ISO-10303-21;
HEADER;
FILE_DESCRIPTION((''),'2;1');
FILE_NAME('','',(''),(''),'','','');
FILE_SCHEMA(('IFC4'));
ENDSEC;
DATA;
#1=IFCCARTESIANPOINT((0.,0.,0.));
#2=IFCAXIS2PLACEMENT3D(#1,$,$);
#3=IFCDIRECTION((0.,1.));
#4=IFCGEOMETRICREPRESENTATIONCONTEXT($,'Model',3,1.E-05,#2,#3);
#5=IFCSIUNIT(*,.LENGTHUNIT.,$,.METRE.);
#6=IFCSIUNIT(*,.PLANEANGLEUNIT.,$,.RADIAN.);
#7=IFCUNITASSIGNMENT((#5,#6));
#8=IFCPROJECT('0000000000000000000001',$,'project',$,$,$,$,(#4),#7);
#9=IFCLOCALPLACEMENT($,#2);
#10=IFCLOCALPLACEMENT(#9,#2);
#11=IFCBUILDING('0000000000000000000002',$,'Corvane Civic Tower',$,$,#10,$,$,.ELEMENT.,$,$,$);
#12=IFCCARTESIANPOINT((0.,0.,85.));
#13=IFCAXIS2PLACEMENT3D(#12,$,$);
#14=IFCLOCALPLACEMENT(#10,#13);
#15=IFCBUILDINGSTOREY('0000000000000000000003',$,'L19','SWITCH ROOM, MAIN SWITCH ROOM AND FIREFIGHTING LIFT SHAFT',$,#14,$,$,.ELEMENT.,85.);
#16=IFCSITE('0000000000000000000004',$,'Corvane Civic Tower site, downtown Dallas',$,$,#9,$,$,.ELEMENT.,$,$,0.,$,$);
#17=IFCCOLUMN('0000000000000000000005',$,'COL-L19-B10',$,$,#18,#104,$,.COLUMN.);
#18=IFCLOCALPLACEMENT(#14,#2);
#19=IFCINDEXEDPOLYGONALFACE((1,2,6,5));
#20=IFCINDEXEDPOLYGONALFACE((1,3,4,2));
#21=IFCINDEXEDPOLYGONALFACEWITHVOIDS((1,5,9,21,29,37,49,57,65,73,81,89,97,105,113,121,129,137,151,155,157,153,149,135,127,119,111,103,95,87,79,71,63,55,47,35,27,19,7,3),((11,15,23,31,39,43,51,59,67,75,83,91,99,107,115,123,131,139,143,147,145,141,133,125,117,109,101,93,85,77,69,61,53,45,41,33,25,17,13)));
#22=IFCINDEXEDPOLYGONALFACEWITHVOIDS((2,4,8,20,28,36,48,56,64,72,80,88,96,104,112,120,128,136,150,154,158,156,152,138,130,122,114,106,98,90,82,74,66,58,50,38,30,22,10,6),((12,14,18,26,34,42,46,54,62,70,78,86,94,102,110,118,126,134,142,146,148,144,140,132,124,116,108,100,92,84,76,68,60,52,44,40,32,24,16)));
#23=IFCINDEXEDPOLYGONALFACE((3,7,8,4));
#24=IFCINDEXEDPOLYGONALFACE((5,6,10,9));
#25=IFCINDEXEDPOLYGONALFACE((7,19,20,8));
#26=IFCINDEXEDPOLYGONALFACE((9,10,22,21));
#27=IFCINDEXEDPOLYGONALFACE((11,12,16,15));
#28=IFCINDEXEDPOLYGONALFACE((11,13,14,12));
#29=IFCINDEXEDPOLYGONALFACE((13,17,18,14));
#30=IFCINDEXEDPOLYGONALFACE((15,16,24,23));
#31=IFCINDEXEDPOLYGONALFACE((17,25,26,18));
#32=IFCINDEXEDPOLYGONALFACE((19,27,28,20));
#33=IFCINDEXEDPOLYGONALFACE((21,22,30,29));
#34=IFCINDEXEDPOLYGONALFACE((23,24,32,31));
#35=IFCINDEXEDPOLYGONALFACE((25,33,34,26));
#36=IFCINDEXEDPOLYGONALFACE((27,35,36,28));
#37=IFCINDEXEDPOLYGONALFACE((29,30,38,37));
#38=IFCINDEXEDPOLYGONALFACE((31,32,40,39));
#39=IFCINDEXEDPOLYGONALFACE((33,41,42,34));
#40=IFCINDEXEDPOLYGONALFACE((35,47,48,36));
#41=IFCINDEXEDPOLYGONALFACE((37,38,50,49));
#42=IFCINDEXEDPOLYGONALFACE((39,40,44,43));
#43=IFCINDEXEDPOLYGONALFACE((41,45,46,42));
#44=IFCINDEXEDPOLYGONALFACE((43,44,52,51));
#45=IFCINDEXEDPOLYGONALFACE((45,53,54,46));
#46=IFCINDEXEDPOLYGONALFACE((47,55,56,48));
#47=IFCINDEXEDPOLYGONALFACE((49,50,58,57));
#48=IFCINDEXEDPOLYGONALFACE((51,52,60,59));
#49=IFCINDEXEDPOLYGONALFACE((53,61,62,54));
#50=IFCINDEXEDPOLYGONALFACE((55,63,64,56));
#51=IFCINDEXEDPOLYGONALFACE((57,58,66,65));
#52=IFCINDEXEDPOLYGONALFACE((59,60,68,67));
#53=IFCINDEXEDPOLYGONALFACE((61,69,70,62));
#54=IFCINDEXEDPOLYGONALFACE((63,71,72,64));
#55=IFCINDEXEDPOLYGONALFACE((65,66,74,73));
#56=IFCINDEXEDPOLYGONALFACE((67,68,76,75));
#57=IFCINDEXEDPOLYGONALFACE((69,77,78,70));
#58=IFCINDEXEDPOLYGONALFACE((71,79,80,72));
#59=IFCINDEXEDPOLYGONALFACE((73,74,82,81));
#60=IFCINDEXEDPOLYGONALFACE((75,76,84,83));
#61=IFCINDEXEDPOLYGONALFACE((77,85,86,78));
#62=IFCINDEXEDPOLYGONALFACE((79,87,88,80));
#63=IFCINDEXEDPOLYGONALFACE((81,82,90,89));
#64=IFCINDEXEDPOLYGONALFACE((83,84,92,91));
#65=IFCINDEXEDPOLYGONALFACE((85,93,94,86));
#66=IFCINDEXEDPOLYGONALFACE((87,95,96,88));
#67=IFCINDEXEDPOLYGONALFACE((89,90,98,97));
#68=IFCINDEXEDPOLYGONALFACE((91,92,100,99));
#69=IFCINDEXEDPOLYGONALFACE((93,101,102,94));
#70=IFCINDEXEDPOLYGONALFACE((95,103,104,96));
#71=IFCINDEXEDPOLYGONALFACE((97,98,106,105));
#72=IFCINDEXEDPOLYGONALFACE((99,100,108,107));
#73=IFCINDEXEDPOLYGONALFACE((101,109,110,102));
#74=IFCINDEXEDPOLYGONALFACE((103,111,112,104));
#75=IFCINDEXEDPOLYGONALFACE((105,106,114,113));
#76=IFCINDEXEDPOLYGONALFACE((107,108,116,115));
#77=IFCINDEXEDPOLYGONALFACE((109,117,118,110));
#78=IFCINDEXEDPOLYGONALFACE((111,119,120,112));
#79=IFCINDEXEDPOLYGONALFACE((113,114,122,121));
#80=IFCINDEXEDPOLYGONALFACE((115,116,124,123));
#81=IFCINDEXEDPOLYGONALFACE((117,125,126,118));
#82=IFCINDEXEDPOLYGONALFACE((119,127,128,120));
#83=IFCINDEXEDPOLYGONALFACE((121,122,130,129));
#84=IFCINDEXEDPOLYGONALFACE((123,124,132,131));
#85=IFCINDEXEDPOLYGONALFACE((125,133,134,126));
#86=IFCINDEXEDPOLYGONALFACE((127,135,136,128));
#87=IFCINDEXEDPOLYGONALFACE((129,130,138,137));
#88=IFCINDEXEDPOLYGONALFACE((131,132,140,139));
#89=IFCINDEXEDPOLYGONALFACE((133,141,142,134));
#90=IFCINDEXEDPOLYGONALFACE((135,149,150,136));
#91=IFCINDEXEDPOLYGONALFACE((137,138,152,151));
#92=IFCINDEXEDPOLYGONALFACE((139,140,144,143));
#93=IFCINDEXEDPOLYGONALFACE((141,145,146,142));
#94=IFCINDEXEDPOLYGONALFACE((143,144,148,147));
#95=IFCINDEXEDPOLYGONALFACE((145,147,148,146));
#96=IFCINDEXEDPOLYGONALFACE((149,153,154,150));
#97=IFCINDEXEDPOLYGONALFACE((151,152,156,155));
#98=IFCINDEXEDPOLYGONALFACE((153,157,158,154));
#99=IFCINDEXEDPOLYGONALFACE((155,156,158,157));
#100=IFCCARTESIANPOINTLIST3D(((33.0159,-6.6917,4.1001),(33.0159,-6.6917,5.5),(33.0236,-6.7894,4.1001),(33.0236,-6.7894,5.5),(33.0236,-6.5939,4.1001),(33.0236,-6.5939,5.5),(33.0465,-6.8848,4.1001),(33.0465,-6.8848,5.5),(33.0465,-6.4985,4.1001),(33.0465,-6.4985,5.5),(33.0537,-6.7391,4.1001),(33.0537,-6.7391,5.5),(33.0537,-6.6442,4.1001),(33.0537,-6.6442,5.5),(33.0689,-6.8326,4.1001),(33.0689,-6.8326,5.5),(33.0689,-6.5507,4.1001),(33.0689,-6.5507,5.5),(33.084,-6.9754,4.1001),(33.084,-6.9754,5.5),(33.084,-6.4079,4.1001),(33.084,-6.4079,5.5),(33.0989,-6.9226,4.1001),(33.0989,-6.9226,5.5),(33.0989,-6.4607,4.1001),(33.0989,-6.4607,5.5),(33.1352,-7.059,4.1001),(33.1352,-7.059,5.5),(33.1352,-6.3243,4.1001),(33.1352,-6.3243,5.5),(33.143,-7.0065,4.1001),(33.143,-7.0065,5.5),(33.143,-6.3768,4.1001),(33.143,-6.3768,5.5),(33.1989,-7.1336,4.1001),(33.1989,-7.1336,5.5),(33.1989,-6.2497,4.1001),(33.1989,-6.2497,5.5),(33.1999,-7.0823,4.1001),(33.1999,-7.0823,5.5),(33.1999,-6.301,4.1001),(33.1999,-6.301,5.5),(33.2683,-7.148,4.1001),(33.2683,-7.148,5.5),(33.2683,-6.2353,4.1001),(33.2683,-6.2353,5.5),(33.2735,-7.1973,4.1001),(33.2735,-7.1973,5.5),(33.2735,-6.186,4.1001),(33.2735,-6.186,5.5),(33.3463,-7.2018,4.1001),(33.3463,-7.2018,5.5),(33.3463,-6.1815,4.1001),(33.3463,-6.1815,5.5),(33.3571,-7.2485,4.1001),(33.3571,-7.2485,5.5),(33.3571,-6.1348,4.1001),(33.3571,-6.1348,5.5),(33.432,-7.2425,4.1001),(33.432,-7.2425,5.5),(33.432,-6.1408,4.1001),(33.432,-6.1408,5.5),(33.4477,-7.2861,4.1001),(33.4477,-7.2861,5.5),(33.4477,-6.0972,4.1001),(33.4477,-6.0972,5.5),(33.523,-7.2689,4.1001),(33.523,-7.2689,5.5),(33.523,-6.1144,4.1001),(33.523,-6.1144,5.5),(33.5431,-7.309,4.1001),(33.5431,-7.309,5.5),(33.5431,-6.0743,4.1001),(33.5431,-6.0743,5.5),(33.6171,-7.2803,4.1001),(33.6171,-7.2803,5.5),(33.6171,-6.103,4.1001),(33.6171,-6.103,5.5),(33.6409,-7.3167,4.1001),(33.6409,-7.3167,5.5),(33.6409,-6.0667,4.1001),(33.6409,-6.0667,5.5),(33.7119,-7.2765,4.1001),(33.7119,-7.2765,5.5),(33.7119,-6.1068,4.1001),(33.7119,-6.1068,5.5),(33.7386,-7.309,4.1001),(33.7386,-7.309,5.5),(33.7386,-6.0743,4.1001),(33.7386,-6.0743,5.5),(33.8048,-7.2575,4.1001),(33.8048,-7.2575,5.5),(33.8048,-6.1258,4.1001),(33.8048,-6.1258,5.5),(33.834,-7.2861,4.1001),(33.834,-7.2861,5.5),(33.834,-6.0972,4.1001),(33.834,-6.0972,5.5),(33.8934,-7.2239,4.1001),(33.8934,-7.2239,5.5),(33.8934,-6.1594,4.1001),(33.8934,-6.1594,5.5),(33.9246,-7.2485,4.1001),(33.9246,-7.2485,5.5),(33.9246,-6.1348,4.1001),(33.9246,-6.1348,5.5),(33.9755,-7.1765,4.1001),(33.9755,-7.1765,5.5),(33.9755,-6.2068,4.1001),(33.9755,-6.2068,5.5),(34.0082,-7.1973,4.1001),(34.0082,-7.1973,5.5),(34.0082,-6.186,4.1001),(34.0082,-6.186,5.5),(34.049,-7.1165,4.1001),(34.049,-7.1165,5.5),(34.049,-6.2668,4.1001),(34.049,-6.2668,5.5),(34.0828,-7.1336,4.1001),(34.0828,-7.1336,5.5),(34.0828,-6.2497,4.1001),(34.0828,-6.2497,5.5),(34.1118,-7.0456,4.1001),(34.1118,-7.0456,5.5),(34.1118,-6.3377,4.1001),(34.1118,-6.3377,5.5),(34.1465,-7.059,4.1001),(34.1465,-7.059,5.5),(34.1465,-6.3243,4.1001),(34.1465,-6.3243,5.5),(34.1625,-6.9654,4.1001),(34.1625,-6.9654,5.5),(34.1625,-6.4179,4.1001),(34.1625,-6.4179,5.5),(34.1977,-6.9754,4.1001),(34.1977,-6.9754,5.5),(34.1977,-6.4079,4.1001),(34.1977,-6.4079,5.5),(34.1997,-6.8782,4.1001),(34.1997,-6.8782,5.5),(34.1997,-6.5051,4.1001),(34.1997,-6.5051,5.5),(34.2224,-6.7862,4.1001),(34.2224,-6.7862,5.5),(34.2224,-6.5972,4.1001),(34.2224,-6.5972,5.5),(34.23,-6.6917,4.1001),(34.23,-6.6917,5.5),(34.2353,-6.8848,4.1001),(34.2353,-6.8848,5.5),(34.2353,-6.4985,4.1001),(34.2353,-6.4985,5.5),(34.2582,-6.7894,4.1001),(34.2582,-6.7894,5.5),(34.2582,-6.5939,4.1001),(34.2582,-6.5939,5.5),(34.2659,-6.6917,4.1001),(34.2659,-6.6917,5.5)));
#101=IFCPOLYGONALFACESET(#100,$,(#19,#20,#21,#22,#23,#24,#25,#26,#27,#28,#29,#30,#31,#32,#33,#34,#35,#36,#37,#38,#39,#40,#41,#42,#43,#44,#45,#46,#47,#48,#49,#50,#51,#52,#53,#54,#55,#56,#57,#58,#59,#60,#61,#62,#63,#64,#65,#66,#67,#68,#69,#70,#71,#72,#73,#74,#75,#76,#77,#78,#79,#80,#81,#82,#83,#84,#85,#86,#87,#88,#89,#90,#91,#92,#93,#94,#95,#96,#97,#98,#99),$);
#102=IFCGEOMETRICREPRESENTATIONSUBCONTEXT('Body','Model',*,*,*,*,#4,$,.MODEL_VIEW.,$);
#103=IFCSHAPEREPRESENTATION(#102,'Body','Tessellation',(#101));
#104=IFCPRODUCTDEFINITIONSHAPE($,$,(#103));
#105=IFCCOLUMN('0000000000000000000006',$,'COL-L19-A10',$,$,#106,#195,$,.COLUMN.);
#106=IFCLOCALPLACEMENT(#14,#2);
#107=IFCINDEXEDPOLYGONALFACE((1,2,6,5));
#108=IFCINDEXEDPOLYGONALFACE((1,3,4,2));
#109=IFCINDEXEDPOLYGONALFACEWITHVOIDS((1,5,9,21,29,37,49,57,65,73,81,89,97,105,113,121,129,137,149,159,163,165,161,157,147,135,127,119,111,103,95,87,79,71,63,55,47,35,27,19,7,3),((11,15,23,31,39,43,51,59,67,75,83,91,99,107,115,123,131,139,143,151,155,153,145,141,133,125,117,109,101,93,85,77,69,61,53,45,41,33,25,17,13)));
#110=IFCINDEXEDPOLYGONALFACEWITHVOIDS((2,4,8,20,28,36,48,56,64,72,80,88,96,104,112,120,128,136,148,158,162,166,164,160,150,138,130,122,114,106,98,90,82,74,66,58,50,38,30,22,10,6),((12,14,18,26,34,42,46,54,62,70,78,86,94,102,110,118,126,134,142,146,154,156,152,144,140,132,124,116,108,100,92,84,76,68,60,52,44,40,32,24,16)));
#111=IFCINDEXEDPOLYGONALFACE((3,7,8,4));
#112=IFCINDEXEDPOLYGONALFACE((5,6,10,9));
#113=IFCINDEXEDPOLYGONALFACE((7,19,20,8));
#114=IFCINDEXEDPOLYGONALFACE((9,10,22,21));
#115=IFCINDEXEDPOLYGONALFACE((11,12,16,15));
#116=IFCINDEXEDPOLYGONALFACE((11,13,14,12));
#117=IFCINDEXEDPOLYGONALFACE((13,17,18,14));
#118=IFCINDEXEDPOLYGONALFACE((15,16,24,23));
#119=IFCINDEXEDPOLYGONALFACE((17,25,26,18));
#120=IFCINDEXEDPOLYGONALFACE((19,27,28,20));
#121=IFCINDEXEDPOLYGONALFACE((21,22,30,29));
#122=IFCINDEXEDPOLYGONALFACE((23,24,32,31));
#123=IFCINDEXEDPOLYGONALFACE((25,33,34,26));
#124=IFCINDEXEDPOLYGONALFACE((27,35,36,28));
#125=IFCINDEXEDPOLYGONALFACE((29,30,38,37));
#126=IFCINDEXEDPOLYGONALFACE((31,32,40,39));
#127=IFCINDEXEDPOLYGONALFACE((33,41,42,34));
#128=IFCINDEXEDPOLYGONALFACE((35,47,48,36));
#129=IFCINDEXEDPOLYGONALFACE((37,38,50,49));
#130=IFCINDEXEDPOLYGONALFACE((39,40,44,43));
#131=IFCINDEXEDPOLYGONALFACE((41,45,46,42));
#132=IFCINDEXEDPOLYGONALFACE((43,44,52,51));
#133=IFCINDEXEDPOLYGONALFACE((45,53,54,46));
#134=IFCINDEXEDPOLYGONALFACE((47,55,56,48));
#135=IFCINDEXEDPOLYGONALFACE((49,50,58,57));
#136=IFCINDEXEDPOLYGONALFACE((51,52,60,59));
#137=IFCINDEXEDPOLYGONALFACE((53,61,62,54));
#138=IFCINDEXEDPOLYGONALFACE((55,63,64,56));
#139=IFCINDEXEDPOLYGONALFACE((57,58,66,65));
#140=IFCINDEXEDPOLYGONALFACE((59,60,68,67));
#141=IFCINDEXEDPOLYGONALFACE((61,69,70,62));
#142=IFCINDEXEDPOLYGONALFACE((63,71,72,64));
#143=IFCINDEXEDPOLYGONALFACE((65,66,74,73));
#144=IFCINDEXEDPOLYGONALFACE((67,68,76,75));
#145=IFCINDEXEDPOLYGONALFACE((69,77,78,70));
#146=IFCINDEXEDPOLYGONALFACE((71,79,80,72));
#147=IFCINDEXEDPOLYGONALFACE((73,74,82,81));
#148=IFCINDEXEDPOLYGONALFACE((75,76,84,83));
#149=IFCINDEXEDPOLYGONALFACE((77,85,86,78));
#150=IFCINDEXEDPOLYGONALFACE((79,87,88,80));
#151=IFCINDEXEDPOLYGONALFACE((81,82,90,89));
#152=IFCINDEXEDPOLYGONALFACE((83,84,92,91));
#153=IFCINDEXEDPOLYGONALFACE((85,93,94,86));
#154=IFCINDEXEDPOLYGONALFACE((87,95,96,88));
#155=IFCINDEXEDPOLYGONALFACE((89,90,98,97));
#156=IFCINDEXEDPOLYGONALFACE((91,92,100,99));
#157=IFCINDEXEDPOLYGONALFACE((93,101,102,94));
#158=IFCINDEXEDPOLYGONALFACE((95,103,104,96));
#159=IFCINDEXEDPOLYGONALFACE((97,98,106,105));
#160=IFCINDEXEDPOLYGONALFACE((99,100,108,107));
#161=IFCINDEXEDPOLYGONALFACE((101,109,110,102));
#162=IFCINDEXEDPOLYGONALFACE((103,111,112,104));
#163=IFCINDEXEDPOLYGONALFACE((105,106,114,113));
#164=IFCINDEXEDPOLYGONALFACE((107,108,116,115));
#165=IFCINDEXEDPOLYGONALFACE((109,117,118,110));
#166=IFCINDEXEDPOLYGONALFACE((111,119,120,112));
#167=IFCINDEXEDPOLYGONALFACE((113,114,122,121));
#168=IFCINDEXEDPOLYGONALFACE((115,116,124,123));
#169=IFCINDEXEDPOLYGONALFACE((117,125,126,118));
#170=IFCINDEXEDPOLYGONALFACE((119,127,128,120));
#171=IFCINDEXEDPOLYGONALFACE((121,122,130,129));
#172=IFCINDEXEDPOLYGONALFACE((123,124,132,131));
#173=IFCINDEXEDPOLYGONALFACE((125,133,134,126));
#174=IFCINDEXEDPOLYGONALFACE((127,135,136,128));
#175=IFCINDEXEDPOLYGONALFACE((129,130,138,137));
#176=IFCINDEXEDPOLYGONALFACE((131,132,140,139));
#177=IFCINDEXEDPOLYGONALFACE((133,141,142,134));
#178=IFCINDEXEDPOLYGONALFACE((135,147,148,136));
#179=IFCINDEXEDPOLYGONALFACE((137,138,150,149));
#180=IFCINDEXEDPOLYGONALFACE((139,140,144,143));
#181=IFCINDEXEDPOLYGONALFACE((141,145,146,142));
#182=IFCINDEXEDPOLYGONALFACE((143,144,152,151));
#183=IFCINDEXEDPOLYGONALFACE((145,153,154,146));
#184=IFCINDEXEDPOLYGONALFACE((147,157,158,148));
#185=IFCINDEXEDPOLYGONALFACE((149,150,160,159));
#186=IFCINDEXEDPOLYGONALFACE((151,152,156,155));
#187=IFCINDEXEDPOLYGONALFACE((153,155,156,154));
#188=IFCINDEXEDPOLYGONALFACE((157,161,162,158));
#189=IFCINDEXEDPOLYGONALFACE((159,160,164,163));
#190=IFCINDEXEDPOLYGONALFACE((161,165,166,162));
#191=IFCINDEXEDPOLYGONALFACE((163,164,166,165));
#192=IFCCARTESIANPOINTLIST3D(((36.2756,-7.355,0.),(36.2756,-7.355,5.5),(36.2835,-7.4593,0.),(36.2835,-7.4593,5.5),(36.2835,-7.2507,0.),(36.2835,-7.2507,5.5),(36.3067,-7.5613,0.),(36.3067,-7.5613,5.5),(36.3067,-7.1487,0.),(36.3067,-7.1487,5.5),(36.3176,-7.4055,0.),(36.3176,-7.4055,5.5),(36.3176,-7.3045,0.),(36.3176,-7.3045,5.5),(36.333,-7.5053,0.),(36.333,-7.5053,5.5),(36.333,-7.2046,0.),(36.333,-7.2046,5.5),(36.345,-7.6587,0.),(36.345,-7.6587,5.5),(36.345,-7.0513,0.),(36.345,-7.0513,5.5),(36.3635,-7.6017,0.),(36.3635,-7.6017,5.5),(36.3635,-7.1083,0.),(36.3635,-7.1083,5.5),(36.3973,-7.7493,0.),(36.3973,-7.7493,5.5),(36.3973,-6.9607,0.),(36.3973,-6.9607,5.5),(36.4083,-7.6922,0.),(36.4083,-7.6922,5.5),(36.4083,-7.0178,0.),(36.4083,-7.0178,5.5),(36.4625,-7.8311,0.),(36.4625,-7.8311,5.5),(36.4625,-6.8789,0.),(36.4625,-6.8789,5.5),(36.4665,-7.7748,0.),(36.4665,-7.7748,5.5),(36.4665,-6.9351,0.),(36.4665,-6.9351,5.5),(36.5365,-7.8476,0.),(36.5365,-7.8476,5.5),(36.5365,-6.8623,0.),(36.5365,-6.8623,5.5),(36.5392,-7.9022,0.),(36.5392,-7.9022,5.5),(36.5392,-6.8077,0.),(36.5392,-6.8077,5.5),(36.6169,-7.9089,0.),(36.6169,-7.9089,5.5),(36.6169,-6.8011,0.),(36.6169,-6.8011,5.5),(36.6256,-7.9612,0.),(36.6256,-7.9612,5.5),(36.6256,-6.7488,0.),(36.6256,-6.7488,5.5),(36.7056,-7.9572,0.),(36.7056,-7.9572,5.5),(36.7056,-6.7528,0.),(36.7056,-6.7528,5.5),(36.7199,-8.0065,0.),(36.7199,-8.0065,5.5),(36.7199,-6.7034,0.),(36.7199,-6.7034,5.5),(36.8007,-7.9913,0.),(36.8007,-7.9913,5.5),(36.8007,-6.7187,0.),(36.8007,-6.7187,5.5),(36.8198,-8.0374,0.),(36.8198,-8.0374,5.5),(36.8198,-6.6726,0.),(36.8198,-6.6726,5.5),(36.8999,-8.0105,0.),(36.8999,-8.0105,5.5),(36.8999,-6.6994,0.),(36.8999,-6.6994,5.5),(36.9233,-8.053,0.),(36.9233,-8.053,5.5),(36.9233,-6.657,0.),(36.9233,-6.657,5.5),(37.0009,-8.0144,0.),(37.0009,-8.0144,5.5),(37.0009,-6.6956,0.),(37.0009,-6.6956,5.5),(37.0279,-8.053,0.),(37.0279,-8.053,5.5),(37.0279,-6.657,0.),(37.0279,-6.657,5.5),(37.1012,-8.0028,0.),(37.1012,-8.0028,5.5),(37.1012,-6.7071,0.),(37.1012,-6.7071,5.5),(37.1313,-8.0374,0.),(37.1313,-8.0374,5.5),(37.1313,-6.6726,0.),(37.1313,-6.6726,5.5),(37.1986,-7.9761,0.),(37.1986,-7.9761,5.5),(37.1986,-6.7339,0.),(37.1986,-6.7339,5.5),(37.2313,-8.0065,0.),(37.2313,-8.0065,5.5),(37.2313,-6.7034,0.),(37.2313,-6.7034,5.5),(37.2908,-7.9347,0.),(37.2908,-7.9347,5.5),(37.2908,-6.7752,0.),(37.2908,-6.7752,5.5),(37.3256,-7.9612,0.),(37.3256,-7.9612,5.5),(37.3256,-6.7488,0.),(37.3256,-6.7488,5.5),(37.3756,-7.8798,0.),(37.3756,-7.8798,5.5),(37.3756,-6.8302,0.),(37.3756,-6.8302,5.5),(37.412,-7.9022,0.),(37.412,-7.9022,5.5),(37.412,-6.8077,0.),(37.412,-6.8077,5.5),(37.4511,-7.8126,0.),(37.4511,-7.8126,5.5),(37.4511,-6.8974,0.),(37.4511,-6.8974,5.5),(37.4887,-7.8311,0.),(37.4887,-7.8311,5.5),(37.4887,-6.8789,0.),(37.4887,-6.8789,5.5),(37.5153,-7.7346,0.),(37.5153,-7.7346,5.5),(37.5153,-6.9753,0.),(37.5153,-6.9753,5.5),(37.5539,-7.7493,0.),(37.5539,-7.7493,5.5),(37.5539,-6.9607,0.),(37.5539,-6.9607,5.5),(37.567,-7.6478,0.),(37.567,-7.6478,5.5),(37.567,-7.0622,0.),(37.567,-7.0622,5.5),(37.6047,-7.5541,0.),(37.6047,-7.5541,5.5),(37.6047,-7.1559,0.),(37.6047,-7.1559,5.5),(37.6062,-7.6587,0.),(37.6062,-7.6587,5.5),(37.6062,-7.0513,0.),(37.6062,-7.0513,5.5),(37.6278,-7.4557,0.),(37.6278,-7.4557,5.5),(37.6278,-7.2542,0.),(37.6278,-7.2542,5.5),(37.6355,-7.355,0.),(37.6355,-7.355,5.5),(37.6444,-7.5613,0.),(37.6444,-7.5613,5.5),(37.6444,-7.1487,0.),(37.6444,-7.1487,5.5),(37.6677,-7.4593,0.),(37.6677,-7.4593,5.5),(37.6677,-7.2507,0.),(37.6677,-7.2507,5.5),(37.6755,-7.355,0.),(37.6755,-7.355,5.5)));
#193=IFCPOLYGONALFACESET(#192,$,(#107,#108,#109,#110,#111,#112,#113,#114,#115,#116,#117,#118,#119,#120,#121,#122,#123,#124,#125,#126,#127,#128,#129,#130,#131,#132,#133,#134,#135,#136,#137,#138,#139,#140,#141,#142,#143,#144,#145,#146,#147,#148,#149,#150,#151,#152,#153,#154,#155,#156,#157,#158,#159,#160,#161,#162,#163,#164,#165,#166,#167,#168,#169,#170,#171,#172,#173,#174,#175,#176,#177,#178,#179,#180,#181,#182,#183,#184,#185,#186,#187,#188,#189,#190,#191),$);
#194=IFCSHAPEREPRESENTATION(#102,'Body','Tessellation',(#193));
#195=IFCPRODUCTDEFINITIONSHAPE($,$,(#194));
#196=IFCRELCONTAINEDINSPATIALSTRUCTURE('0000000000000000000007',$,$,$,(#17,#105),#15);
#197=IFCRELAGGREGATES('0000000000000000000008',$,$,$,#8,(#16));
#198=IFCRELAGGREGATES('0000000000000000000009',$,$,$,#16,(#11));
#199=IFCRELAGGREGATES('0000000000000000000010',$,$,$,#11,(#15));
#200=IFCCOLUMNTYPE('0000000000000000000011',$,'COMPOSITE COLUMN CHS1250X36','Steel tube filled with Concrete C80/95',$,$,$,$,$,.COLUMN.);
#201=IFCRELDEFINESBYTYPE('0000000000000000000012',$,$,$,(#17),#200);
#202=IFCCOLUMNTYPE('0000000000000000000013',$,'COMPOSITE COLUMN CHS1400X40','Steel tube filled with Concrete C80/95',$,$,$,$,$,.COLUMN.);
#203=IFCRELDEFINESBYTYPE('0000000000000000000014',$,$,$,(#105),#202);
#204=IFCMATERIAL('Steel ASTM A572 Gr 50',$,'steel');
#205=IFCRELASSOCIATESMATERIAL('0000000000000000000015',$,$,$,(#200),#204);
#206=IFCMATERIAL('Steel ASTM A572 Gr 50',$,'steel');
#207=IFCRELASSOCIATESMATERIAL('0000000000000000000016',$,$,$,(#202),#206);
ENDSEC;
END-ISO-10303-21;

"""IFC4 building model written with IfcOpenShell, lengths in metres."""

from ifc_helpers import new_model, si_unit, direction, frame, origin, origin_2d, place, context, subcontext, project, spatial, hollow_circle, extrude, material, material_profile, profile_set, type_object, element, save


model = new_model("IFC4")

# Units and contexts
model_context = context("Model", 3, precision=1e-05, world=origin(), true_north=direction((0.0, 1.0)))
body_context = subcontext(model_context, "Body", "Model", "MODEL_VIEW")
ifc_project = project(units=[si_unit("LENGTHUNIT", "METRE"), si_unit("PLANEANGLEUNIT", "RADIAN")], contexts=[model_context])

# Site, building, storey
site_placement = place(None, origin())
site = spatial("IfcSite", under=ifc_project, at=site_placement, Name="Corvane Civic Tower site, downtown Dallas", CompositionType="ELEMENT", RefElevation=0.0)
building_placement = place(site_placement, origin())
building = spatial("IfcBuilding", under=site, at=building_placement, Name="Corvane Civic Tower", CompositionType="ELEMENT")
storey_placement = place(building_placement, frame((0.0, 0.0, 85.0)))
storey = spatial("IfcBuildingStorey", under=building, at=storey_placement, Name="L19", Description="SWITCH ROOM, MAIN SWITCH ROOM AND FIREFIGHTING LIFT SHAFT", CompositionType="ELEMENT", Elevation=85.0)

# Columns
ifc_material_1 = material(Name="Steel ASTM A572 Gr 50", Category="steel")
ifc_material_profile_1 = material_profile(ifc_material_1, hollow_circle(Radius=0.625, WallThickness=0.0359, at=origin_2d()), Name="CHS1250X36")
ifc_profile_set_1 = profile_set([ifc_material_profile_1], Name="Steel ASTM A572 Gr 50")
column_type_1 = type_object("IfcColumnType", Name="COMPOSITE COLUMN CHS1250X36", Description="Steel tube filled with Concrete C80/95", PredefinedType="COLUMN", material=ifc_profile_set_1)
column_1_placement = place(storey_placement, frame((33.6409, -6.6917, 4.1001), z_axis=(0.0, 0.0, 1.0), x_axis=(1.0, 0.0, 0.0)))
element("IfcColumn", 1, at=column_1_placement, inside=storey, type_object=column_type_1, Name="COL-L19-B10", PredefinedType="COLUMN", context=body_context, shape_type="SweptSolid", body=[
    extrude(hollow_circle(Radius=0.625, WallThickness=0.0359, at=origin_2d()), origin(), (0.0, 0.0, 1.0), 1.3999),
])
ifc_material_2 = material(Name="Steel ASTM A572 Gr 50", Category="steel")
ifc_material_profile_2 = material_profile(ifc_material_2, hollow_circle(Radius=0.7, WallThickness=0.04, at=origin_2d()), Name="CHS1400X40")
ifc_profile_set_2 = profile_set([ifc_material_profile_2], Name="Steel ASTM A572 Gr 50")
column_type_2 = type_object("IfcColumnType", Name="COMPOSITE COLUMN CHS1400X40", Description="Steel tube filled with Concrete C80/95", PredefinedType="COLUMN", material=ifc_profile_set_2)
column_2_placement = place(storey_placement, frame((36.9756, -7.355, 0.0), z_axis=(0.0, 0.0, 1.0), x_axis=(1.0, 0.0, 0.0)))
element("IfcColumn", 2, at=column_2_placement, inside=storey, type_object=column_type_2, Name="COL-L19-A10", PredefinedType="COLUMN", context=body_context, shape_type="SweptSolid", body=[
    extrude(hollow_circle(Radius=0.7, WallThickness=0.04, at=origin_2d()), origin(), (0.0, 0.0, 1.0), 5.5),
])

save(model, "model.ifc")
